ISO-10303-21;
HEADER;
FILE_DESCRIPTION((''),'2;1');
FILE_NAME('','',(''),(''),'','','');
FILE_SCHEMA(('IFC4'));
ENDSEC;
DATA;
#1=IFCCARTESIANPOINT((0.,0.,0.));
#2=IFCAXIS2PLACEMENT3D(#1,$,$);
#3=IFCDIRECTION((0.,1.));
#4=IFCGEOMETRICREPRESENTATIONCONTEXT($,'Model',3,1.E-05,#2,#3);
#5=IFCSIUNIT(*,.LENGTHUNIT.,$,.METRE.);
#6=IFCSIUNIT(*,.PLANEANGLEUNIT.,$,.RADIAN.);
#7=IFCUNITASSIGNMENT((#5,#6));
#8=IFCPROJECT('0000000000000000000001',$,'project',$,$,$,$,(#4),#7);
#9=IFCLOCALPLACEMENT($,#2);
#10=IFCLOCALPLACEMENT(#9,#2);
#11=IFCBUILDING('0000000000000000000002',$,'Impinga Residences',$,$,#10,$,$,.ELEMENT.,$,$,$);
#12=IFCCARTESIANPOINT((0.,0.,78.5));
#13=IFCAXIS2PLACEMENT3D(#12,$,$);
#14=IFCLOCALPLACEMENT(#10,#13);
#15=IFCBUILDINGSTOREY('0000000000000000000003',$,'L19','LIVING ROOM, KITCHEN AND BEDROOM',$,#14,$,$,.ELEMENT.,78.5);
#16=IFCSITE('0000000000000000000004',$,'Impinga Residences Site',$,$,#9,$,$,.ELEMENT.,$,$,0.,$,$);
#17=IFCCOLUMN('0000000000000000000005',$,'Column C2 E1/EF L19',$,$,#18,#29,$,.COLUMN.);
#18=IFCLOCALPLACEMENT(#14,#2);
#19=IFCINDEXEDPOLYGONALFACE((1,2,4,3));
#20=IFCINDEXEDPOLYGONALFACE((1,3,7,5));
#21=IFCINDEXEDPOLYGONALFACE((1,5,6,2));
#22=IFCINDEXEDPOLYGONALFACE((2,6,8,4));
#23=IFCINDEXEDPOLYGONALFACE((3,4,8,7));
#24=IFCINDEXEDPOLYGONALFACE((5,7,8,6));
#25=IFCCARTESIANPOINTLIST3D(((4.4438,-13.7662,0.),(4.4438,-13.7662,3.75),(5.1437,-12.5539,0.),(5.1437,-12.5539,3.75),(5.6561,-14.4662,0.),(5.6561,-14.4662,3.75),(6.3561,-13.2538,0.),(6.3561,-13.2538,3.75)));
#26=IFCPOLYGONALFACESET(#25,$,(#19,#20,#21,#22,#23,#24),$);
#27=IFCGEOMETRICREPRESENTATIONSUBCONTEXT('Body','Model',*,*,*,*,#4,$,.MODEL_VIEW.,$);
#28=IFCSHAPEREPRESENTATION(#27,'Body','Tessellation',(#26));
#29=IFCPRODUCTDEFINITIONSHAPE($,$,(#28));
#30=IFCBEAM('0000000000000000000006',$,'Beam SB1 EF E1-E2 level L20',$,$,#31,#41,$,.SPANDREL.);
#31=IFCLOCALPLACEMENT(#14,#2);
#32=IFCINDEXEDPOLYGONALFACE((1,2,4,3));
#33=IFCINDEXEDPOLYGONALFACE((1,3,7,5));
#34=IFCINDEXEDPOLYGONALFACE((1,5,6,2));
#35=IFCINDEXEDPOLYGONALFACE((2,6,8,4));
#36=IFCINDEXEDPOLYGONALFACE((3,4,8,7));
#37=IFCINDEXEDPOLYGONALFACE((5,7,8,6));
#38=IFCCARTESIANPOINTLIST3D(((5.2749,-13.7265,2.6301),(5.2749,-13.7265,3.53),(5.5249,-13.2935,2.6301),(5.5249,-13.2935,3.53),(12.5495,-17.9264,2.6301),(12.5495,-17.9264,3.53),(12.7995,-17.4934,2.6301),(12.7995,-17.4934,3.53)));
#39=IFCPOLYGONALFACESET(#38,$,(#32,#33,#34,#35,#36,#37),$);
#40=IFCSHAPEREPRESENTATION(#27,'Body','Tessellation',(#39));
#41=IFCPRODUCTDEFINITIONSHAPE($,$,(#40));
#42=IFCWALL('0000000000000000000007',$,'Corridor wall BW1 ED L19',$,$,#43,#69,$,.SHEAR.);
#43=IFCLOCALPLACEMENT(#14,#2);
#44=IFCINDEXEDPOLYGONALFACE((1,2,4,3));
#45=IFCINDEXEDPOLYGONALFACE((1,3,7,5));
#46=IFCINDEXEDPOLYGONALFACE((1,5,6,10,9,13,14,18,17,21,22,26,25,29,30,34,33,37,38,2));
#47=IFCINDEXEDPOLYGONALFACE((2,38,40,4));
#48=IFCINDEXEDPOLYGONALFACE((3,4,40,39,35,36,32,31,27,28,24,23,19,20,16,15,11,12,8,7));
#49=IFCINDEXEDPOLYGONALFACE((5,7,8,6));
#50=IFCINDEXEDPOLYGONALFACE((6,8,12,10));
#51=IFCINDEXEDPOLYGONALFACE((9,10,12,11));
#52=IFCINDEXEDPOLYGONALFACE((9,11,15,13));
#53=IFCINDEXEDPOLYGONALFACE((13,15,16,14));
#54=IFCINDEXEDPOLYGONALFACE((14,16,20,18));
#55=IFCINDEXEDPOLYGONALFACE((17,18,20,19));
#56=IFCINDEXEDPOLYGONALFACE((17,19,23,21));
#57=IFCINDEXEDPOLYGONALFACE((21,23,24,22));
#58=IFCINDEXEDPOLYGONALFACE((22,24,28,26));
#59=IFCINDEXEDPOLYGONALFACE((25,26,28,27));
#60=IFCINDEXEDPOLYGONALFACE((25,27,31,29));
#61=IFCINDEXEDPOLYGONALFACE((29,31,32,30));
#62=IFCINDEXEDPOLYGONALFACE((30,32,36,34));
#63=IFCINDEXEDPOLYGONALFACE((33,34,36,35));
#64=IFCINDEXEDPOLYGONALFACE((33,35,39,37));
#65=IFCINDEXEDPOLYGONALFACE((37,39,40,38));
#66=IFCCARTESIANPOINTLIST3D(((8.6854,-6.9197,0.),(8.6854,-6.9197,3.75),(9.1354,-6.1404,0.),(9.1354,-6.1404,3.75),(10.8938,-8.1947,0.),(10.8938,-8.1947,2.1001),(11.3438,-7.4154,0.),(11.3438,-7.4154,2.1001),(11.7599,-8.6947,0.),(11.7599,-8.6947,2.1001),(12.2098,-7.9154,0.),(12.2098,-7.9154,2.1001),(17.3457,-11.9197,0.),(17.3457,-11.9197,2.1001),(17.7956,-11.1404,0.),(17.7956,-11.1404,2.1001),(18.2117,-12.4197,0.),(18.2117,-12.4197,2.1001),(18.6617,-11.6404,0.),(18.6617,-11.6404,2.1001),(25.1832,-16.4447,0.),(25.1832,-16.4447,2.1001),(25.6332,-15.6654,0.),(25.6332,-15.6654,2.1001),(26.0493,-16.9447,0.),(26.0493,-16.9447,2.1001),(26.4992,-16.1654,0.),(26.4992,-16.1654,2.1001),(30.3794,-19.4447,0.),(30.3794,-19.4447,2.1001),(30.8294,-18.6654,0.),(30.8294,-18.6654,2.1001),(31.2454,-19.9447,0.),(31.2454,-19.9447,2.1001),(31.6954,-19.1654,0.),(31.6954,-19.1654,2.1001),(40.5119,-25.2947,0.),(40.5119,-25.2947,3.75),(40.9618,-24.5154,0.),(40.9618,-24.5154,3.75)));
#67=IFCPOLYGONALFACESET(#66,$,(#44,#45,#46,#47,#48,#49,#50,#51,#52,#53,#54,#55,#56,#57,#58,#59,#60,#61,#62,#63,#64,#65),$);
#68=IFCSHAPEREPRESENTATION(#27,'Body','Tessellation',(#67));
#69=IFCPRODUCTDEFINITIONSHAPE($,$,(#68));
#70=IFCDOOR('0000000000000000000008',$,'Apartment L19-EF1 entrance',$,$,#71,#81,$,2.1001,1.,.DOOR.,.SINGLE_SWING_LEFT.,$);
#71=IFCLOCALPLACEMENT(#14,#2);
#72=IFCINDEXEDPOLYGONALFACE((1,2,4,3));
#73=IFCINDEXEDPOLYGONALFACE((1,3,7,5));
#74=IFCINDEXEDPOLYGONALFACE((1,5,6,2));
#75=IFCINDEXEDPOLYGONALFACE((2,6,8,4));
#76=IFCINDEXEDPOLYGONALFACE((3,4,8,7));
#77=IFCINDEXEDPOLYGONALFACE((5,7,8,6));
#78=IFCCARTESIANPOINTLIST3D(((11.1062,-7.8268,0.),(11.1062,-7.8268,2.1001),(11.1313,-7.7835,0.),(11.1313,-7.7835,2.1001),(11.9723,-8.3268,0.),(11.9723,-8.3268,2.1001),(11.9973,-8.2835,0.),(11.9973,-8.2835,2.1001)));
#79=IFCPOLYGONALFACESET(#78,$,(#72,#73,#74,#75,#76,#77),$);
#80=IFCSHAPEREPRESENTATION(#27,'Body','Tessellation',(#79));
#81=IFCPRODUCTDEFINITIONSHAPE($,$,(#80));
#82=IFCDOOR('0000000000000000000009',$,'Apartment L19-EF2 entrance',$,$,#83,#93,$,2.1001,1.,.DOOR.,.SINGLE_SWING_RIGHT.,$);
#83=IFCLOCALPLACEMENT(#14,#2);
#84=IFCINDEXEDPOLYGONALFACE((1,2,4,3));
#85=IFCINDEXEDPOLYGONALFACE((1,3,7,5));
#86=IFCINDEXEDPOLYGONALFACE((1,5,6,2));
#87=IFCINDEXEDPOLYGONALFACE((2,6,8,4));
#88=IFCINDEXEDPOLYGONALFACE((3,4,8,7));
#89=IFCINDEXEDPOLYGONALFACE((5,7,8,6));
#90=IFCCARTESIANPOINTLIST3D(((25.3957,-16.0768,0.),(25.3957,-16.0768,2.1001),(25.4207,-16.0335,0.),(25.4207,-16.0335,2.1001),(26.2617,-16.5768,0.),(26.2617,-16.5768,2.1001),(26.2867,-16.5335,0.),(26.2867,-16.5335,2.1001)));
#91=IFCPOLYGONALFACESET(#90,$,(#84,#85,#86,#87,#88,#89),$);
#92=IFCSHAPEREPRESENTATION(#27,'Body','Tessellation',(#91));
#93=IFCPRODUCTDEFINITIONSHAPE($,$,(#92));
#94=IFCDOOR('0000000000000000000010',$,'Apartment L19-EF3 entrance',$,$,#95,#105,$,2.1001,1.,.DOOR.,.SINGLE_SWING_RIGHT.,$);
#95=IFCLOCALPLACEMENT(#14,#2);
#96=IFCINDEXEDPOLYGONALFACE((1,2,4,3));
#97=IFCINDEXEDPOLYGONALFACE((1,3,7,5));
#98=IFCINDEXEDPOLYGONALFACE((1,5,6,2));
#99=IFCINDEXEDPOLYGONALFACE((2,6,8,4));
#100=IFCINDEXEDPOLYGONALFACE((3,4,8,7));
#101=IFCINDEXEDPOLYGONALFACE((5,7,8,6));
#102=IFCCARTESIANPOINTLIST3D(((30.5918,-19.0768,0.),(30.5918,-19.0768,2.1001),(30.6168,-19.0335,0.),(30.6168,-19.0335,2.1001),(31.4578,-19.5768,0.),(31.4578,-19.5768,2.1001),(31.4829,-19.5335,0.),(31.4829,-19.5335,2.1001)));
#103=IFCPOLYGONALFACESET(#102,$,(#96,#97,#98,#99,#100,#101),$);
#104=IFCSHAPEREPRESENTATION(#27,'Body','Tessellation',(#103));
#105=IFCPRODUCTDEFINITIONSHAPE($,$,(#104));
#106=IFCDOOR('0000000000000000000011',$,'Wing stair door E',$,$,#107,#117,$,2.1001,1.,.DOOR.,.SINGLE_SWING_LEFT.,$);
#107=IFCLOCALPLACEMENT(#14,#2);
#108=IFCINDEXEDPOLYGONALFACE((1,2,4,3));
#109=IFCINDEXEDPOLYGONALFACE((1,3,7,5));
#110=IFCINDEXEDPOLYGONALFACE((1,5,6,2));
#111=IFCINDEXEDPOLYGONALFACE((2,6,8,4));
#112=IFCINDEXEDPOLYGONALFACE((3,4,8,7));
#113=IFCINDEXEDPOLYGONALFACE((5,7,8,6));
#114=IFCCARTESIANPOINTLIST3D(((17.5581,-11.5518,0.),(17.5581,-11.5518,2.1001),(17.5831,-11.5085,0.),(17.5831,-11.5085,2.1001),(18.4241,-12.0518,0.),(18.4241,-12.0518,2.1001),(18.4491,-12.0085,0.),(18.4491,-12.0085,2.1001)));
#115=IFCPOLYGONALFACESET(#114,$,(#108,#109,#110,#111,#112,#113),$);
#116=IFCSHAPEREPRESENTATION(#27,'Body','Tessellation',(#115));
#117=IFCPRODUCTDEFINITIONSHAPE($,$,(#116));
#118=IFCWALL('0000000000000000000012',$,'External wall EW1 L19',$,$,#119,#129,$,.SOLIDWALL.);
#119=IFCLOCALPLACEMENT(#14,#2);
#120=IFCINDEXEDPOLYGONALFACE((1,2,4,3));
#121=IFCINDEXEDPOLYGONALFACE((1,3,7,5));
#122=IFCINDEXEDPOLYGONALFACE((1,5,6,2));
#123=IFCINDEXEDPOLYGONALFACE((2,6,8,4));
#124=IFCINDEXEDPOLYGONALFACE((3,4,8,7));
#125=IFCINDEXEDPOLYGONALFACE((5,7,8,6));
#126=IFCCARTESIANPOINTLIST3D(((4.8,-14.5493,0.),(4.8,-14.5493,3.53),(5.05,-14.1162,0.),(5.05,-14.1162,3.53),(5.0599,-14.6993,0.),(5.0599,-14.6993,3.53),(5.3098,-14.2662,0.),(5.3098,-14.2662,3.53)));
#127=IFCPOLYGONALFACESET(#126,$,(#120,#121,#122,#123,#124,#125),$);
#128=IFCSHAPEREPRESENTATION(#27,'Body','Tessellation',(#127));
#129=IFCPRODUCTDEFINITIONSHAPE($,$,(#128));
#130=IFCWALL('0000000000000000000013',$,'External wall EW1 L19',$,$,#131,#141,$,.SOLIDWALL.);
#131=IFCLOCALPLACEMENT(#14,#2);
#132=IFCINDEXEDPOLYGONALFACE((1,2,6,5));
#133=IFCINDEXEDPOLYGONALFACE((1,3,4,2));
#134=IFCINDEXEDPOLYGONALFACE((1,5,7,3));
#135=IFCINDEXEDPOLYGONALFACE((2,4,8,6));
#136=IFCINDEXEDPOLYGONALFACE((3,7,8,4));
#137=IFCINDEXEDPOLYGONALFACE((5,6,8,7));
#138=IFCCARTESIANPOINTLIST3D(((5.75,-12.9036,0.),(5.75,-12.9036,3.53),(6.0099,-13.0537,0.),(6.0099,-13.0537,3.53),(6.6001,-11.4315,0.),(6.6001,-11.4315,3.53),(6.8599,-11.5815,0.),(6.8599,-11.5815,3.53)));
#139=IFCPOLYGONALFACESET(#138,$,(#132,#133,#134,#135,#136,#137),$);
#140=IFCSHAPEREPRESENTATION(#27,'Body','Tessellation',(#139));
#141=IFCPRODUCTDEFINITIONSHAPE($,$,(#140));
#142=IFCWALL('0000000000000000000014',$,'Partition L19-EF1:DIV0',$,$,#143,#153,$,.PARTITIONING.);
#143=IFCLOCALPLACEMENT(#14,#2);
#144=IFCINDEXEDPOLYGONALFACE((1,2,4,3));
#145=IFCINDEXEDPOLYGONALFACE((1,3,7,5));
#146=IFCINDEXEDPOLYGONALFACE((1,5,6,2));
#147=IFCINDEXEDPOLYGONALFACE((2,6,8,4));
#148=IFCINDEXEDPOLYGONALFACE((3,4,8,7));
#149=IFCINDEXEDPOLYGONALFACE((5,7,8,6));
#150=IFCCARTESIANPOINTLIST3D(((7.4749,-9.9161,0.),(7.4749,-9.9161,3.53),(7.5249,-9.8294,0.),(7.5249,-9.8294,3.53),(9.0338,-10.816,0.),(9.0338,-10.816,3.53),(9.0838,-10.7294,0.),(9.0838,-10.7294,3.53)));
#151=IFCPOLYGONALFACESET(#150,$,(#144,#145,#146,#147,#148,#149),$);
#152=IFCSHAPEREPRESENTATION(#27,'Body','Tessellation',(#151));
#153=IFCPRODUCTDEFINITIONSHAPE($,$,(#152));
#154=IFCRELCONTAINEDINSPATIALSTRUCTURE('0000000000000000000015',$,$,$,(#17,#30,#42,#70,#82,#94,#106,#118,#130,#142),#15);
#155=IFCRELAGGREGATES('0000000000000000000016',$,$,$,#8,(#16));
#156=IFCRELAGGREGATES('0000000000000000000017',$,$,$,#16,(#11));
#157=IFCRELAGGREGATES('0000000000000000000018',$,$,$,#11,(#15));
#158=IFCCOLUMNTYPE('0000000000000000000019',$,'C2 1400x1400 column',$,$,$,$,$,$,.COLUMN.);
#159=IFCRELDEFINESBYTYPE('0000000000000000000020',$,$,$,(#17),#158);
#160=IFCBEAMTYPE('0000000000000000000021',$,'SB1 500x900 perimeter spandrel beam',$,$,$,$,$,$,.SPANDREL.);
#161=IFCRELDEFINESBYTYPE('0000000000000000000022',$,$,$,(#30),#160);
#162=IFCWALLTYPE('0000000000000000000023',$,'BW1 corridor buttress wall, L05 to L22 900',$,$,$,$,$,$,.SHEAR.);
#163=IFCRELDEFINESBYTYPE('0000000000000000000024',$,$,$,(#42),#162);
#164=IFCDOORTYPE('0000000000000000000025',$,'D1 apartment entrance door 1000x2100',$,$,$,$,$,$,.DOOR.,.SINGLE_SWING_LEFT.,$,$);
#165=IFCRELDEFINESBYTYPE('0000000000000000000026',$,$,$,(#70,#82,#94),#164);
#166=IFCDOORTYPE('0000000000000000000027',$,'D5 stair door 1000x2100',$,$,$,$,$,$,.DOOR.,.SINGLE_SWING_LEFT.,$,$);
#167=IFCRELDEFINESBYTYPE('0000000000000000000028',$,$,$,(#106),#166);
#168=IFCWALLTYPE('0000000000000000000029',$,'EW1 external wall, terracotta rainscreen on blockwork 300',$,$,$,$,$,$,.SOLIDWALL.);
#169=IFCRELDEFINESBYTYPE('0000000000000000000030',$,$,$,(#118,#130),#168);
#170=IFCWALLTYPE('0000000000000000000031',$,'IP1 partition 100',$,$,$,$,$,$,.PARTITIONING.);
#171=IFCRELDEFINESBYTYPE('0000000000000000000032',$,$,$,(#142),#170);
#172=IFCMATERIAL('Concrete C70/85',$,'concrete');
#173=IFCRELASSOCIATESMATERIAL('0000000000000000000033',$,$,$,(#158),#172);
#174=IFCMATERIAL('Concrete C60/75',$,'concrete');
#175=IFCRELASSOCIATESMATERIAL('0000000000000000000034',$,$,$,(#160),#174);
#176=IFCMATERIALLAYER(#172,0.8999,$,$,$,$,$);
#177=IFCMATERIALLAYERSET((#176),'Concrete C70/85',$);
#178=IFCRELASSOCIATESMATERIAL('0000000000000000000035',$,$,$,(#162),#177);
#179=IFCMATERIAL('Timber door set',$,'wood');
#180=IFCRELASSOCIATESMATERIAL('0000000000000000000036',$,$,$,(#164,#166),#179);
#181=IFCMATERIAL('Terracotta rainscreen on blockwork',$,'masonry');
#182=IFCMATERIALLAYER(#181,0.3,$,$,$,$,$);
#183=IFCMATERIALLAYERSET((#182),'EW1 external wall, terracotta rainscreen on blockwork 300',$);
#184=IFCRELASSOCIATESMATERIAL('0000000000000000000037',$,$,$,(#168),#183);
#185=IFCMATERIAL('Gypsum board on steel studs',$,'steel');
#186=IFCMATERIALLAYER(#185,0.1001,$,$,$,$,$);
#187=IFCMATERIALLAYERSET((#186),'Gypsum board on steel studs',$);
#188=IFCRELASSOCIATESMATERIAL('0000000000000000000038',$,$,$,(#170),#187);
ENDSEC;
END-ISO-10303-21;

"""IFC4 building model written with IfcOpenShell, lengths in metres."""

from ifc_helpers import new_model, si_unit, direction, frame, frame_2d, origin, origin_2d, place, context, subcontext, project, spatial, rectangle, extrude, material, layer, layer_set, material_profile, profile_set, type_object, element, fill, save


model = new_model("IFC4")

# Units and contexts
model_context = context("Model", 3, precision=1e-05, world=origin(), true_north=direction((0.0, 1.0)))
body_context = subcontext(model_context, "Body", "Model", "MODEL_VIEW")
ifc_project = project(units=[si_unit("LENGTHUNIT", "METRE"), si_unit("PLANEANGLEUNIT", "RADIAN")], contexts=[model_context])

# Site, building, storey
site_placement = place(None, origin())
site = spatial("IfcSite", under=ifc_project, at=site_placement, Name="Impinga Residences Site", CompositionType="ELEMENT", RefElevation=0.0)
building_placement = place(site_placement, origin())
building = spatial("IfcBuilding", under=site, at=building_placement, Name="Impinga Residences", CompositionType="ELEMENT")
storey_placement = place(building_placement, frame((0.0, 0.0, 78.5)))
storey = spatial("IfcBuildingStorey", under=building, at=storey_placement, Name="L19", Description="LIVING ROOM, KITCHEN AND BEDROOM", CompositionType="ELEMENT", Elevation=78.5)

# Column
ifc_material_1 = material(Name="Concrete C70/85", Category="concrete")
ifc_material_profile_1 = material_profile(ifc_material_1, rectangle(XDim=1.3999, YDim=1.3999, at=origin_2d()), Name="RC 1400x1400")
ifc_profile_set_1 = profile_set([ifc_material_profile_1], Name="Concrete C70/85")
column_type = type_object("IfcColumnType", Name="C2 1400x1400 column", PredefinedType="COLUMN", material=ifc_profile_set_1)
column_placement = place(storey_placement, frame((5.3999, -13.51, 0.0), z_axis=(0.0, 0.0, 1.0), x_axis=(-0.5, -0.866025, 0.0)))
element("IfcColumn", 1, at=column_placement, inside=storey, type_object=column_type, Name="Column C2 E1/EF L19", PredefinedType="COLUMN", context=body_context, shape_type="SweptSolid", body=[
    extrude(rectangle(XDim=1.3999, YDim=1.3999, at=origin_2d()), origin(), (0.0, 0.0, 1.0), 3.75),
])

# Beam
ifc_material_2 = material(Name="Concrete C60/75", Category="concrete")
ifc_material_profile_2 = material_profile(ifc_material_2, rectangle(XDim=0.5, YDim=0.8999, at=origin_2d()), Name="RC 500x900")
ifc_profile_set_2 = profile_set([ifc_material_profile_2], Name="Concrete C60/75")
beam_type = type_object("IfcBeamType", Name="SB1 500x900 perimeter spandrel beam", PredefinedType="SPANDREL", material=ifc_profile_set_2)
beam_placement = place(storey_placement, frame((5.3999, -13.51, 3.0801), z_axis=(0.866029, -0.499993, 0.0), x_axis=(0.499993, 0.866029, 0.0)))
element("IfcBeam", 2, at=beam_placement, inside=storey, type_object=beam_type, Name="Beam SB1 EF E1-E2 level L20", PredefinedType="SPANDREL", context=body_context, shape_type="SweptSolid", body=[
    extrude(rectangle(XDim=0.5, YDim=0.8999, at=origin_2d()), origin(), (0.0, 0.0, 1.0), 8.3999),
])

# Wall, openings, doors
ifc_layer_1 = layer(ifc_material_1, 0.8999)
ifc_layer_set_1 = layer_set([ifc_layer_1], Name="Concrete C70/85")
wall_type_1 = type_object("IfcWallType", Name="BW1 corridor buttress wall, L05 to L22 900", PredefinedType="SHEAR", material=ifc_layer_set_1)
wall_1_placement = place(storey_placement, frame((8.9104, -6.53, 0.0), z_axis=(0.0, 0.0, 1.0), x_axis=(0.866025, -0.5, 0.0)))
wall_1 = element("IfcWall", 3, at=wall_1_placement, inside=storey, type_object=wall_type_1, Name="Corridor wall BW1 ED L19", PredefinedType="SHEAR", context=body_context, shape_type="SweptSolid", body=[
    extrude(rectangle(XDim=36.75, YDim=0.8999, at=frame_2d((18.375, 0.0))), origin(), (0.0, 0.0, 1.0), 3.75),
])
opening_1_placement = place(wall_1_placement, frame((10.0, 0.0, 0.0)))
opening_1 = element("IfcOpeningElement", 4, at=opening_1_placement, cuts=wall_1, PredefinedType="OPENING", context=body_context, shape_type="SweptSolid", body=[
    extrude(rectangle(XDim=1.0, YDim=2.1001, at=frame_2d((0.5, 1.05))), frame((0.0, 0.46, 0.0), z_axis=(0.0, -1.0, 0.0), x_axis=(1.0, 0.0, 0.0)), (0.0, 0.0, 1.0), 0.9199),
])
opening_2_placement = place(wall_1_placement, frame((2.55, 0.0, 0.0)))
opening_2 = element("IfcOpeningElement", 5, at=opening_2_placement, cuts=wall_1, PredefinedType="OPENING", context=body_context, shape_type="SweptSolid", body=[
    extrude(rectangle(XDim=1.0, YDim=2.1001, at=frame_2d((0.5, 1.05))), frame((0.0, 0.46, 0.0), z_axis=(0.0, -1.0, 0.0), x_axis=(1.0, 0.0, 0.0)), (0.0, 0.0, 1.0), 0.9199),
])
opening_3_placement = place(wall_1_placement, frame((19.05, 0.0, 0.0)))
opening_3 = element("IfcOpeningElement", 6, at=opening_3_placement, cuts=wall_1, PredefinedType="OPENING", context=body_context, shape_type="SweptSolid", body=[
    extrude(rectangle(XDim=1.0, YDim=2.1001, at=frame_2d((0.5, 1.05))), frame((0.0, 0.46, 0.0), z_axis=(0.0, -1.0, 0.0), x_axis=(1.0, 0.0, 0.0)), (0.0, 0.0, 1.0), 0.9199),
])
opening_4_placement = place(wall_1_placement, frame((25.05, 0.0, 0.0)))
opening_4 = element("IfcOpeningElement", 7, at=opening_4_placement, cuts=wall_1, PredefinedType="OPENING", context=body_context, shape_type="SweptSolid", body=[
    extrude(rectangle(XDim=1.0, YDim=2.1001, at=frame_2d((0.5, 1.05))), frame((0.0, 0.46, 0.0), z_axis=(0.0, -1.0, 0.0), x_axis=(1.0, 0.0, 0.0)), (0.0, 0.0, 1.0), 0.9199),
])
ifc_material_3 = material(Name="Timber door set", Category="wood")
door_type_1 = type_object("IfcDoorType", Name="D1 apartment entrance door 1000x2100", OperationType="SINGLE_SWING_LEFT", PredefinedType="DOOR", material=ifc_material_3)
door_1_placement = place(opening_2_placement, origin())
door_1 = element("IfcDoor", 8, at=door_1_placement, inside=storey, type_object=door_type_1, Name="Apartment L19-EF1 entrance", OperationType="SINGLE_SWING_LEFT", OverallHeight=2.1001, OverallWidth=1.0, PredefinedType="DOOR", context=body_context, shape_type="SweptSolid", body=[
    extrude(rectangle(XDim=1.0, YDim=2.1001, at=frame_2d((0.5, 1.05))), frame((0.0, 0.0249, 0.0), z_axis=(0.0, -1.0, 0.0), x_axis=(1.0, 0.0, 0.0)), (0.0, 0.0, 1.0), 0.05),
])
fill(opening_2, door_1)
door_2_placement = place(opening_3_placement, origin())
door_2 = element("IfcDoor", 9, at=door_2_placement, inside=storey, type_object=door_type_1, Name="Apartment L19-EF2 entrance", OperationType="SINGLE_SWING_RIGHT", OverallHeight=2.1001, OverallWidth=1.0, PredefinedType="DOOR", context=body_context, shape_type="SweptSolid", body=[
    extrude(rectangle(XDim=1.0, YDim=2.1001, at=frame_2d((0.5, 1.05))), frame((0.0, 0.0249, 0.0), z_axis=(0.0, -1.0, 0.0), x_axis=(1.0, 0.0, 0.0)), (0.0, 0.0, 1.0), 0.05),
])
fill(opening_3, door_2)
door_3_placement = place(opening_4_placement, origin())
door_3 = element("IfcDoor", 10, at=door_3_placement, inside=storey, type_object=door_type_1, Name="Apartment L19-EF3 entrance", OperationType="SINGLE_SWING_RIGHT", OverallHeight=2.1001, OverallWidth=1.0, PredefinedType="DOOR", context=body_context, shape_type="SweptSolid", body=[
    extrude(rectangle(XDim=1.0, YDim=2.1001, at=frame_2d((0.5, 1.05))), frame((0.0, 0.0249, 0.0), z_axis=(0.0, -1.0, 0.0), x_axis=(1.0, 0.0, 0.0)), (0.0, 0.0, 1.0), 0.05),
])
fill(opening_4, door_3)
door_type_2 = type_object("IfcDoorType", Name="D5 stair door 1000x2100", OperationType="SINGLE_SWING_LEFT", PredefinedType="DOOR", material=ifc_material_3)
door_4_placement = place(opening_1_placement, origin())
door_4 = element("IfcDoor", 11, at=door_4_placement, inside=storey, type_object=door_type_2, Name="Wing stair door E", OperationType="SINGLE_SWING_LEFT", OverallHeight=2.1001, OverallWidth=1.0, PredefinedType="DOOR", context=body_context, shape_type="SweptSolid", body=[
    extrude(rectangle(XDim=1.0, YDim=2.1001, at=frame_2d((0.5, 1.05))), frame((0.0, 0.0249, 0.0), z_axis=(0.0, -1.0, 0.0), x_axis=(1.0, 0.0, 0.0)), (0.0, 0.0, 1.0), 0.05),
])
fill(opening_1, door_4)

# Walls
ifc_material_4 = material(Name="Terracotta rainscreen on blockwork", Category="masonry")
ifc_layer_2 = layer(ifc_material_4, 0.3)
ifc_layer_set_2 = layer_set([ifc_layer_2], Name="EW1 external wall, terracotta rainscreen on blockwork 300")
wall_type_2 = type_object("IfcWallType", Name="EW1 external wall, terracotta rainscreen on blockwork 300", PredefinedType="SOLIDWALL", material=ifc_layer_set_2)
wall_2_placement = place(storey_placement, frame((4.9299, -14.6243, 0.0), z_axis=(0.0, 0.0, 1.0), x_axis=(0.49992, 0.866072, 0.0)))
element("IfcWall", 12, at=wall_2_placement, inside=storey, type_object=wall_type_2, Name="External wall EW1 L19", PredefinedType="SOLIDWALL", context=body_context, shape_type="SweptSolid", body=[
    extrude(rectangle(XDim=0.5, YDim=0.3, at=frame_2d((0.25, 0.0))), origin(), (0.0, 0.0, 1.0), 3.53),
])
wall_3_placement = place(storey_placement, frame((5.8799, -12.9788, 0.0), z_axis=(0.0, 0.0, 1.0), x_axis=(0.500062, 0.865989, 0.0)))
element("IfcWall", 13, at=wall_3_placement, inside=storey, type_object=wall_type_2, Name="External wall EW1 L19", PredefinedType="SOLIDWALL", context=body_context, shape_type="SweptSolid", body=[
    extrude(rectangle(XDim=1.7, YDim=0.3, at=frame_2d((0.8501, 0.0))), origin(), (0.0, 0.0, 1.0), 3.53),
])
ifc_material_5 = material(Name="Gypsum board on steel studs", Category="steel")
ifc_layer_3 = layer(ifc_material_5, 0.1001)
ifc_layer_set_3 = layer_set([ifc_layer_3], Name="Gypsum board on steel studs")
wall_type_3 = type_object("IfcWallType", Name="IP1 partition 100", PredefinedType="PARTITIONING", material=ifc_layer_set_3)
wall_4_placement = place(storey_placement, frame((7.5, -9.8728, 0.0), z_axis=(0.0, 0.0, 1.0), x_axis=(0.866048, -0.499961, 0.0)))
element("IfcWall", 14, at=wall_4_placement, inside=storey, type_object=wall_type_3, Name="Partition L19-EF1:DIV0", PredefinedType="PARTITIONING", context=body_context, shape_type="SweptSolid", body=[
    extrude(rectangle(XDim=1.8, YDim=0.1001, at=frame_2d((0.8999, 0.0))), origin(), (0.0, 0.0, 1.0), 3.53),
])

save(model, "model.ifc")
